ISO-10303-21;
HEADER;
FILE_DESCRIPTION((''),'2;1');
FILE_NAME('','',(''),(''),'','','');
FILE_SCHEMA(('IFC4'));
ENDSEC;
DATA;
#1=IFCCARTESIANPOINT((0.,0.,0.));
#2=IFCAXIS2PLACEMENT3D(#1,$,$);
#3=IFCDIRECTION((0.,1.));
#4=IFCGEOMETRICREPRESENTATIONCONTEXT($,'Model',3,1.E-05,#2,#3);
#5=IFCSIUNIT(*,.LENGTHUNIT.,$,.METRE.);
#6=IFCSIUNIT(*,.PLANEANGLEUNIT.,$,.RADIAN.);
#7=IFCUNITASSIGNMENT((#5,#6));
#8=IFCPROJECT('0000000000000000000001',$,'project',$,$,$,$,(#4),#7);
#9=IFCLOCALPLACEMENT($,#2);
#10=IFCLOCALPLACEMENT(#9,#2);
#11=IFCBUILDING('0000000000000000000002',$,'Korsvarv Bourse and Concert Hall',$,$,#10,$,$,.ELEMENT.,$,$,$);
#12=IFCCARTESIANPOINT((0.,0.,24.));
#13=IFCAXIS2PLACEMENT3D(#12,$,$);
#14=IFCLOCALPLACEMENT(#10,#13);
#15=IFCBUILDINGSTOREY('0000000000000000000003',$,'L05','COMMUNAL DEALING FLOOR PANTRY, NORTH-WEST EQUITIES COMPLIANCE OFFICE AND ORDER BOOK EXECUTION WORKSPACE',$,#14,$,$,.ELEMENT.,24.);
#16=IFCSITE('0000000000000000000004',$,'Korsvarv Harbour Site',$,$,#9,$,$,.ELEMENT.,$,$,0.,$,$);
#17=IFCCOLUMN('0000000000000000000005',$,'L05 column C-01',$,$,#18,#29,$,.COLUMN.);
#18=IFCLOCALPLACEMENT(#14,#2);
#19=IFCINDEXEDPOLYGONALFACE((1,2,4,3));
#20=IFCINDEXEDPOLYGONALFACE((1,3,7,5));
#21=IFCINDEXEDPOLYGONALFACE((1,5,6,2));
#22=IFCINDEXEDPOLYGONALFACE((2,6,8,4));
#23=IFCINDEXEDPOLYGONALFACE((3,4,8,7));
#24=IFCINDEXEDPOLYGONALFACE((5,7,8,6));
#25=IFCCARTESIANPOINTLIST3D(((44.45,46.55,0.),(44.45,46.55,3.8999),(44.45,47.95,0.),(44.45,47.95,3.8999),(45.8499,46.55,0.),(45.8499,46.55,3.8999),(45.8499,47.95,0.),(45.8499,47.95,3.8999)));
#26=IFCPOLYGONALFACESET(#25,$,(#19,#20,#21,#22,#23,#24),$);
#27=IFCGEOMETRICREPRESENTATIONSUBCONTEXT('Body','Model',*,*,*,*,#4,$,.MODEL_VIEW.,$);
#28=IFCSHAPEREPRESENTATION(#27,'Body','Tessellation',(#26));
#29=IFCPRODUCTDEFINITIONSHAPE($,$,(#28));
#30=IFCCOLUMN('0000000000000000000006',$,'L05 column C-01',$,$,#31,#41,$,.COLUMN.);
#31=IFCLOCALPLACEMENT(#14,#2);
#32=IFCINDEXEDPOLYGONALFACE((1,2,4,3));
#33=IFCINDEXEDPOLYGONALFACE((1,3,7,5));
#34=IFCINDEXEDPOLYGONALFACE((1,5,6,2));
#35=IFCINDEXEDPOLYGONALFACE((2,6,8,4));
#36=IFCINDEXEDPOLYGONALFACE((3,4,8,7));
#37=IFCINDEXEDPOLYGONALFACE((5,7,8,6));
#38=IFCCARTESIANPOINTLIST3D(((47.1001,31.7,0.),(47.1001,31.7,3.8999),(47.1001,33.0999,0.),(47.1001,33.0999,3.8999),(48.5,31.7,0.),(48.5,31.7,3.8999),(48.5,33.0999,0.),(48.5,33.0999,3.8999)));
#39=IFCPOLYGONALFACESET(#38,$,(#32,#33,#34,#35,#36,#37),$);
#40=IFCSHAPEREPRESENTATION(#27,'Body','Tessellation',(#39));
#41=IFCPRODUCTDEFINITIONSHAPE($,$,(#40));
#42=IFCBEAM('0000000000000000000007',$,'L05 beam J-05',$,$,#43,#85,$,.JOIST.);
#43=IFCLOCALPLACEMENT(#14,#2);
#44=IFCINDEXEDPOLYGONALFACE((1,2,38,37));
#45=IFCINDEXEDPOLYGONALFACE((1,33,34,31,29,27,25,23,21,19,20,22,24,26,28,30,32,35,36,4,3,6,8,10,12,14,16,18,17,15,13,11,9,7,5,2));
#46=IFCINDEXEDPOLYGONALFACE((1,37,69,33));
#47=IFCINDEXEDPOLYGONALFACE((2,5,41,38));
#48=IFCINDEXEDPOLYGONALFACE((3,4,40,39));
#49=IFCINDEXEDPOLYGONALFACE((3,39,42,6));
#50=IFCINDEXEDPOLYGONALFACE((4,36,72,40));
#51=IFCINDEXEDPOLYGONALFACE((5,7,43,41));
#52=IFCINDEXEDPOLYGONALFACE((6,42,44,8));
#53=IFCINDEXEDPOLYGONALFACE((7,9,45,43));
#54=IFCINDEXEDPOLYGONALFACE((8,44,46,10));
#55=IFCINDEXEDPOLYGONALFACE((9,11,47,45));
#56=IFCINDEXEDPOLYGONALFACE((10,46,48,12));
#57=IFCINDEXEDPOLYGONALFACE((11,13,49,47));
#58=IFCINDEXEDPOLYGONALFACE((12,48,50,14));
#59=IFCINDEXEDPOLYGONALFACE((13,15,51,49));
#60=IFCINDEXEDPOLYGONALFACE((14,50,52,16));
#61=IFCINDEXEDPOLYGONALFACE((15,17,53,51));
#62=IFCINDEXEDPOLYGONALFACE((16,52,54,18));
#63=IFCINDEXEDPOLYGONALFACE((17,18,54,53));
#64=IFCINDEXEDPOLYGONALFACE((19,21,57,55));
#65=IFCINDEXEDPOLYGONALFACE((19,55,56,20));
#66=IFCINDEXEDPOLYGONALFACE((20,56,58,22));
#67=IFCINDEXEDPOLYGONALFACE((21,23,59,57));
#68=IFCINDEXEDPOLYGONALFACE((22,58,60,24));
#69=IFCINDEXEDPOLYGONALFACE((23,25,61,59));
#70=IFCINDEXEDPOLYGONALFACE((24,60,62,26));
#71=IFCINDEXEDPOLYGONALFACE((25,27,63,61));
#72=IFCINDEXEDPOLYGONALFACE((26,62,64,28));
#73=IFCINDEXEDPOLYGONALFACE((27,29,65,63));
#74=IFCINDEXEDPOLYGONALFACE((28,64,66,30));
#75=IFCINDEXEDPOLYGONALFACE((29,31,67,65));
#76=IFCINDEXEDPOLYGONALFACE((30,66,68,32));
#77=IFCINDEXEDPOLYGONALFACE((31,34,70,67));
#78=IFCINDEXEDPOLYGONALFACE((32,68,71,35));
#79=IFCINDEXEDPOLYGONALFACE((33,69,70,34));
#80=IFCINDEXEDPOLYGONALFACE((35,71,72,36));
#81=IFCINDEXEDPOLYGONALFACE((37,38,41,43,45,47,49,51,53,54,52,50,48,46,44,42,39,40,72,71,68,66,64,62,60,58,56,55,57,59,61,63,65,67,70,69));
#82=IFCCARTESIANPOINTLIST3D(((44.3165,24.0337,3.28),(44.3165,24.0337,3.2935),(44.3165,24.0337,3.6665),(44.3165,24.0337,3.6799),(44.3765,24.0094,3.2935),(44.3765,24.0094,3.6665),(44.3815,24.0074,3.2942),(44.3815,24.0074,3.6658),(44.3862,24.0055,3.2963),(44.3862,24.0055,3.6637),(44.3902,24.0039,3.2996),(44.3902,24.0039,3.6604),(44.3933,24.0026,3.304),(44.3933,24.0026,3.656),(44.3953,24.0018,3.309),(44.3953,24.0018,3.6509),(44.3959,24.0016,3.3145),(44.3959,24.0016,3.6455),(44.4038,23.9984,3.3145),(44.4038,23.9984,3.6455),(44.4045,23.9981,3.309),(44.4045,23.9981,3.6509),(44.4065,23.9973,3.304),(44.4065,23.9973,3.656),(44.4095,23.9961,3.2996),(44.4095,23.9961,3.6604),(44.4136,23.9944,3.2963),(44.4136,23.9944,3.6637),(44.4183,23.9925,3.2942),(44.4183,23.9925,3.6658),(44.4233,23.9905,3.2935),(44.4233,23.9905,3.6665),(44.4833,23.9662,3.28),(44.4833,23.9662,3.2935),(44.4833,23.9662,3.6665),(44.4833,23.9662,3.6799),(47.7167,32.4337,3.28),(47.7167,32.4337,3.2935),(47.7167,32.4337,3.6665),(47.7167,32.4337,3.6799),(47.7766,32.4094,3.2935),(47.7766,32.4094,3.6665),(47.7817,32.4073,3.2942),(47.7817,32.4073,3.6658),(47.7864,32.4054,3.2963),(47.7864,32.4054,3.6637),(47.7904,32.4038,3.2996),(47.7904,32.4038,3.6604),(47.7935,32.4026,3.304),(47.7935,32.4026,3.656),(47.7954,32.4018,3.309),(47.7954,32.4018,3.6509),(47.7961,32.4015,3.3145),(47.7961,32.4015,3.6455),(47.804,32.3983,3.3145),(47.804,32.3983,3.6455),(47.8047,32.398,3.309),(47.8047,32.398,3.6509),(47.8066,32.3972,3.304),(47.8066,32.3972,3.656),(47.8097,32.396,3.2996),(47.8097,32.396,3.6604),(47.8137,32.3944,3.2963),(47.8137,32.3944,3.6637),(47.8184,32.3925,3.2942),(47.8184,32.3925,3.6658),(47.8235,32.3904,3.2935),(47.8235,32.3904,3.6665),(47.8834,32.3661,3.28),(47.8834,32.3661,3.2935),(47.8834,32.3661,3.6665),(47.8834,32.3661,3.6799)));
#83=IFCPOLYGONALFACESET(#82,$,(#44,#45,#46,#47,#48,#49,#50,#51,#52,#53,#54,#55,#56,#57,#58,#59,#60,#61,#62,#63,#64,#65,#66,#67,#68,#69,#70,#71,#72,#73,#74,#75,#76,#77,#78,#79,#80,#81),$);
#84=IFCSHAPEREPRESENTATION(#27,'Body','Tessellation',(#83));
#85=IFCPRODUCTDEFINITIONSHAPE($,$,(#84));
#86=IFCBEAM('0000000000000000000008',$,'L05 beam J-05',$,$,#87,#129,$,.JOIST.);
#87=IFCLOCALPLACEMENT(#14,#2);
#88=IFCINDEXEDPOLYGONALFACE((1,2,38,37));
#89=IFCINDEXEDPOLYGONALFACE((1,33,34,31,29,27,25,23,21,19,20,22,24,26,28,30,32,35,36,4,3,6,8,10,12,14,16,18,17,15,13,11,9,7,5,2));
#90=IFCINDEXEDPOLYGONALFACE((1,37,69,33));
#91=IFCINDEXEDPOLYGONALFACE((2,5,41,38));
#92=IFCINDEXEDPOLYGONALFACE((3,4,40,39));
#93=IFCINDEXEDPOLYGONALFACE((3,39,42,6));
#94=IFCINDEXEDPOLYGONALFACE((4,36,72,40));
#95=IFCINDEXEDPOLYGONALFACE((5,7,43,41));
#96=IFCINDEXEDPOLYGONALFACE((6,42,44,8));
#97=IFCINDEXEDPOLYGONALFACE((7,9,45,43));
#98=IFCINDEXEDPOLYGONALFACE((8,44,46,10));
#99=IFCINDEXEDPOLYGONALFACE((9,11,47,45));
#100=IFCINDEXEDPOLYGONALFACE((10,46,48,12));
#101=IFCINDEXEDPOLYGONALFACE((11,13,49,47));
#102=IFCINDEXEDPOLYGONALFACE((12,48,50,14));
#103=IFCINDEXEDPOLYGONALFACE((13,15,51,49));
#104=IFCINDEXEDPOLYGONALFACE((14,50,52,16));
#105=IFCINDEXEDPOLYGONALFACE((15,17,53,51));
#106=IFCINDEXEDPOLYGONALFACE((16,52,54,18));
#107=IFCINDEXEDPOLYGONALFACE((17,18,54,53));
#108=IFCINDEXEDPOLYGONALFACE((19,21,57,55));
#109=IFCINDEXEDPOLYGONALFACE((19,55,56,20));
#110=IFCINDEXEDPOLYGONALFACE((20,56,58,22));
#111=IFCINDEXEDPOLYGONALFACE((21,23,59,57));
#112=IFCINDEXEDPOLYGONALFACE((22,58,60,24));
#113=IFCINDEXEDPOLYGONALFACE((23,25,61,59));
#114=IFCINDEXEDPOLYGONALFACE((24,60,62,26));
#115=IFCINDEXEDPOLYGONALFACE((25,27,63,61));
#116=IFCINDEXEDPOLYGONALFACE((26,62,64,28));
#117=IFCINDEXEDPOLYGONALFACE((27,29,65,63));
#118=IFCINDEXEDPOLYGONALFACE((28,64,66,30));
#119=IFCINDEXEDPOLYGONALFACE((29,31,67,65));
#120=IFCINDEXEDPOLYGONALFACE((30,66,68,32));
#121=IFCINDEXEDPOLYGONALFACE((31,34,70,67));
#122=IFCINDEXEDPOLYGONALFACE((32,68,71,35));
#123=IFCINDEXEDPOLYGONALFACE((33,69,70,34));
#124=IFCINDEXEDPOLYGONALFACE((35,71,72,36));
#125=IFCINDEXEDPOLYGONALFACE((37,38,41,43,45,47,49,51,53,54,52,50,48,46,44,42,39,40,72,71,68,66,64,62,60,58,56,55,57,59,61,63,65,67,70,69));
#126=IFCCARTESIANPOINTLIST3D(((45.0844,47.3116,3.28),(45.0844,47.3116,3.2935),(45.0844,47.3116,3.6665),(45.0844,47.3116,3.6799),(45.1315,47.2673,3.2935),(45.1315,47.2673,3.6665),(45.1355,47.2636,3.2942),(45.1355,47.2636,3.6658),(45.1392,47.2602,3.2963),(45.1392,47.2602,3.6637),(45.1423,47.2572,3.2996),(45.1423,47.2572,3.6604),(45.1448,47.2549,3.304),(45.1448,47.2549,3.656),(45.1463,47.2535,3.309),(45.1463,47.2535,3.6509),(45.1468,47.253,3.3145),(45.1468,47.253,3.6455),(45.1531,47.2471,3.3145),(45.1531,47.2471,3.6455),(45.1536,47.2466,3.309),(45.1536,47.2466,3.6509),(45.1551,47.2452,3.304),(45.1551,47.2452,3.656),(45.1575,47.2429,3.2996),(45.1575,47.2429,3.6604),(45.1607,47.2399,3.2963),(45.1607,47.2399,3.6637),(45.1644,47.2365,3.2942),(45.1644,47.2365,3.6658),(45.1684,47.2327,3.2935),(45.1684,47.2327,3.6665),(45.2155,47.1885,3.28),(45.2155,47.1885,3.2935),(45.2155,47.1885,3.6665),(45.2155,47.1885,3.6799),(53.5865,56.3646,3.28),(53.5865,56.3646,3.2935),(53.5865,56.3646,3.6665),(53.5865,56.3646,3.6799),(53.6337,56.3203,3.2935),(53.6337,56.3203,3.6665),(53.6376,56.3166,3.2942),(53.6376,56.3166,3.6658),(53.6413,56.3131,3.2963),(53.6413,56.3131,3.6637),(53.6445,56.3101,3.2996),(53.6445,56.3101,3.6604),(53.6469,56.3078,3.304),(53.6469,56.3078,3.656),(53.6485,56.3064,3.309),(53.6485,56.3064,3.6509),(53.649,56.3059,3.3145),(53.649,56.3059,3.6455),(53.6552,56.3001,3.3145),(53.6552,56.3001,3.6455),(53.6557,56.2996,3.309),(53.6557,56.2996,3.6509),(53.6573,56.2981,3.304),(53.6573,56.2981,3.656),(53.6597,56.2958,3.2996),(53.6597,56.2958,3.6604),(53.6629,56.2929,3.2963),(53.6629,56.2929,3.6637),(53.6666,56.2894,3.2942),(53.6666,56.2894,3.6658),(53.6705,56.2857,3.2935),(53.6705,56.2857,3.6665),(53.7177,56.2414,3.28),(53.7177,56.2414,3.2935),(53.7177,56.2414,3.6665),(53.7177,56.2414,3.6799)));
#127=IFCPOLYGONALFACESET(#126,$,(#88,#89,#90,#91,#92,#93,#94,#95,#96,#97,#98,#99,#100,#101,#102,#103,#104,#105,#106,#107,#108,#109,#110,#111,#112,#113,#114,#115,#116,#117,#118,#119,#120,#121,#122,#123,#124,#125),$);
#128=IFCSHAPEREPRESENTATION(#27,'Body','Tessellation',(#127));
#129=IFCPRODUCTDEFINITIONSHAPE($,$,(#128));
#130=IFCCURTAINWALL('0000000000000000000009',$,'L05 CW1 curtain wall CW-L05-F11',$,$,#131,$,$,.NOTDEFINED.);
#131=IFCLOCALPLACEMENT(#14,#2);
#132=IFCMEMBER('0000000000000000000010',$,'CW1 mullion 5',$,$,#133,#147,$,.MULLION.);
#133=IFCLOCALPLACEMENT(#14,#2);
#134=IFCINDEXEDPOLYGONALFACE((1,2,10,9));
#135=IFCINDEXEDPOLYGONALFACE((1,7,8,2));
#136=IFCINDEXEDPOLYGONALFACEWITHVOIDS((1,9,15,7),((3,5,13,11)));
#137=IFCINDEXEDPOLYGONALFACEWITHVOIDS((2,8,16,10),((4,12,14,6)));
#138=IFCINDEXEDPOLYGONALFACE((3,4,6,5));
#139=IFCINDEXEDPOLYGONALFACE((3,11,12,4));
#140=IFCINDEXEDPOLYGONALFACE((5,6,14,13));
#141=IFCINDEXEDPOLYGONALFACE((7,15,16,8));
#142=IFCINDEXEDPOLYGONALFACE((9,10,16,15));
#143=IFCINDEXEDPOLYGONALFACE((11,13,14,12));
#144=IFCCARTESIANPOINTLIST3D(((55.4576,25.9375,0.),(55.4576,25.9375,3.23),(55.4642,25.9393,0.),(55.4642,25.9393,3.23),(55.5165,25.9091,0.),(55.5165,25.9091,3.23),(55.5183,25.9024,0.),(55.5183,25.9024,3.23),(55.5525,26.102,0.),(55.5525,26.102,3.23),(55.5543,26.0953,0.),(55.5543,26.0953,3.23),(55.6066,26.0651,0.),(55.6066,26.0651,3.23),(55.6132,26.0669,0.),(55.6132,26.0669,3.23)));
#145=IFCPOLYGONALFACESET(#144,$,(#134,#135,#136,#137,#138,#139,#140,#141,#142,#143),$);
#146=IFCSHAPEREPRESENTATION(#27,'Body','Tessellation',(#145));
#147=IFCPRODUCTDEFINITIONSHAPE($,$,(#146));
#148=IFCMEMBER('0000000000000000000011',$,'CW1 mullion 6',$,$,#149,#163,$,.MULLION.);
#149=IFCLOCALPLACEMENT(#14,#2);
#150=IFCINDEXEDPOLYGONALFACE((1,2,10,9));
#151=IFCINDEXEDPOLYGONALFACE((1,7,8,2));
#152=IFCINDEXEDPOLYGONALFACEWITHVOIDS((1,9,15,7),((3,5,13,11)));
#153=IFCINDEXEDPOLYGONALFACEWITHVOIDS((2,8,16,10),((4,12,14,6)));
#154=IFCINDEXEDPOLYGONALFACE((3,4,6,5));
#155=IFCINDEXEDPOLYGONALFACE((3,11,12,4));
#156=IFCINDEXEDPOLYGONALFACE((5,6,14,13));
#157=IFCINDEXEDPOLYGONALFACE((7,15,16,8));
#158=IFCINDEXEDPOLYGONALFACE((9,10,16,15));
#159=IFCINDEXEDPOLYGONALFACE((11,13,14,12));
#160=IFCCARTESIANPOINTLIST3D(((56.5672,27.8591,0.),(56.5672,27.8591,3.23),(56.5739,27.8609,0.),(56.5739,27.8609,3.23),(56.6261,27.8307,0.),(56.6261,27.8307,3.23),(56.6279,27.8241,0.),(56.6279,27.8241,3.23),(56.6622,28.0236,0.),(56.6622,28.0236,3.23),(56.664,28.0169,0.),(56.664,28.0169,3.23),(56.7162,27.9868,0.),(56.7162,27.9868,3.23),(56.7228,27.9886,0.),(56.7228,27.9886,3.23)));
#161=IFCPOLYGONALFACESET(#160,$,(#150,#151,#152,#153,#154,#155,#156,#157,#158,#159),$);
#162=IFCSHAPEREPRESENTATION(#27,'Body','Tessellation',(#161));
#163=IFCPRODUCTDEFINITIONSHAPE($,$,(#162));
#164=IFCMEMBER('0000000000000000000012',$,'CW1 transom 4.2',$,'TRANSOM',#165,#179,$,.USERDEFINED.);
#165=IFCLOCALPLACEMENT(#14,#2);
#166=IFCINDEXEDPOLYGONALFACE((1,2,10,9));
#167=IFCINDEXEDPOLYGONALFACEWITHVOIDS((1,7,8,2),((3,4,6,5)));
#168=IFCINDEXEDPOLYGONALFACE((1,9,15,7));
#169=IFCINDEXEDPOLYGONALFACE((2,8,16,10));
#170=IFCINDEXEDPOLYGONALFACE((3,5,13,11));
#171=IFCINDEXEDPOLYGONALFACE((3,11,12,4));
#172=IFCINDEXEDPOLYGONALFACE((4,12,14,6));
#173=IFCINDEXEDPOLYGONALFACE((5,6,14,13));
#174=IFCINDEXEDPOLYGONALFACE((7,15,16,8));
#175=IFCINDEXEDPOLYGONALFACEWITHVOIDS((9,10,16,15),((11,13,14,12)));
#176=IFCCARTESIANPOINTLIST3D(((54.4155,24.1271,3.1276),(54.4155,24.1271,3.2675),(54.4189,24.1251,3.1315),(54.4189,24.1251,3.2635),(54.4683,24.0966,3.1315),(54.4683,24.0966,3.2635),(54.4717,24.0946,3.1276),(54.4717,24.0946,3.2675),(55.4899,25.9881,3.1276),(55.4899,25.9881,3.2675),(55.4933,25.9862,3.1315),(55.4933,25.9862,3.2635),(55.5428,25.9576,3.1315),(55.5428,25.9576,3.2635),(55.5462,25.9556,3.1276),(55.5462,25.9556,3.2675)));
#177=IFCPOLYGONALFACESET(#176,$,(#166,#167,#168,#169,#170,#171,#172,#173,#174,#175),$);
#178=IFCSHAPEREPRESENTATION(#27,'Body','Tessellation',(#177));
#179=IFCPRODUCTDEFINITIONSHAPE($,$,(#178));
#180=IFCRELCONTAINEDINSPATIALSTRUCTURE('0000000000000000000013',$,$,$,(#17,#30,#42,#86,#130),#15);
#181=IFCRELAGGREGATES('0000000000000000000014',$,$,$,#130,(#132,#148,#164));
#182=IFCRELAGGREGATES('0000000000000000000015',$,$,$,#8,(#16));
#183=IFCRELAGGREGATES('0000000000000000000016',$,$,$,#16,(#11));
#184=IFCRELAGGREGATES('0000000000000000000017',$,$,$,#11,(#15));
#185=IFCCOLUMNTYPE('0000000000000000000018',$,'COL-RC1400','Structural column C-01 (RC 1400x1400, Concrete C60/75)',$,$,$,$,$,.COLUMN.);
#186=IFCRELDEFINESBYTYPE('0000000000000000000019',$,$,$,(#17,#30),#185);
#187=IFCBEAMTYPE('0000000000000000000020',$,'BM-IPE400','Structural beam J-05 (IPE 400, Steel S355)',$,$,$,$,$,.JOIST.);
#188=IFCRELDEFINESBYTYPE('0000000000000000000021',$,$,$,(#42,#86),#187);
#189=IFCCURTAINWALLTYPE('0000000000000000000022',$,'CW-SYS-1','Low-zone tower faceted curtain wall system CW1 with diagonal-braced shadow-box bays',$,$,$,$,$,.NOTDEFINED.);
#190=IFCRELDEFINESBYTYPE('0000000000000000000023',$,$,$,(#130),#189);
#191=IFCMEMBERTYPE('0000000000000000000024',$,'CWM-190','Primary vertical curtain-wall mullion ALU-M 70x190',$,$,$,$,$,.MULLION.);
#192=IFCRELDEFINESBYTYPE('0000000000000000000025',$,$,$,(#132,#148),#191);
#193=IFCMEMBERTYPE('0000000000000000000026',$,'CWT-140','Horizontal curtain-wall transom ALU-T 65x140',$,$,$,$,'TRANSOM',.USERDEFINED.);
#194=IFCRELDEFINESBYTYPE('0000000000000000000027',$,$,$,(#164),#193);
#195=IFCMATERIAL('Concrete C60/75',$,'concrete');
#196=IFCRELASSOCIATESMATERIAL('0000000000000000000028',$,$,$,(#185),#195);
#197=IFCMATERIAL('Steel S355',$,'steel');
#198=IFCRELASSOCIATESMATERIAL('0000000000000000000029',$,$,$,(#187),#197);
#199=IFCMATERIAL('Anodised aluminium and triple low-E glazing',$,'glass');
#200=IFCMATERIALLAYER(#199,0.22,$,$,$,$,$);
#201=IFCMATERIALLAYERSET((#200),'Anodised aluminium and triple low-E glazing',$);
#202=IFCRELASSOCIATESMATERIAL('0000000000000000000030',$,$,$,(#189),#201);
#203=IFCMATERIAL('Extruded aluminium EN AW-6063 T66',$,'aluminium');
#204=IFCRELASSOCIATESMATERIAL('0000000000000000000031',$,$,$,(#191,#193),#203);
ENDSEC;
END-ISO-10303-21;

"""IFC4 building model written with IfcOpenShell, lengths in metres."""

from ifc_helpers import new_model, si_unit, direction, frame, origin, origin_2d, place, context, subcontext, project, spatial, rectangle, hollow_rectangle, i_section, extrude, source, transform, mapped, material, layer, layer_set, material_profile, profile_set, type_object, element, aggregate, save


model = new_model("IFC4")

# Units and contexts
model_context = context("Model", 3, precision=1e-05, world=origin(), true_north=direction((0.0, 1.0)))
body_context = subcontext(model_context, "Body", "Model", "MODEL_VIEW")
ifc_project = project(units=[si_unit("LENGTHUNIT", "METRE"), si_unit("PLANEANGLEUNIT", "RADIAN")], contexts=[model_context])

# Site, building, storey
site_placement = place(None, origin())
site = spatial("IfcSite", under=ifc_project, at=site_placement, Name="Korsvarv Harbour Site", CompositionType="ELEMENT", RefElevation=0.0)
building_placement = place(site_placement, origin())
building = spatial("IfcBuilding", under=site, at=building_placement, Name="Korsvarv Bourse and Concert Hall", CompositionType="ELEMENT")
storey_placement = place(building_placement, frame((0.0, 0.0, 24.0)))
storey = spatial("IfcBuildingStorey", under=building, at=storey_placement, Name="L05", Description="COMMUNAL DEALING FLOOR PANTRY, NORTH-WEST EQUITIES COMPLIANCE OFFICE AND ORDER BOOK EXECUTION WORKSPACE", CompositionType="ELEMENT", Elevation=24.0)

# Columns
ifc_material_1 = material(Name="Concrete C60/75", Category="concrete")
ifc_material_profile_1 = material_profile(ifc_material_1, rectangle(XDim=1.3999, YDim=1.3999, at=origin_2d()), Name="RC 1400x1400")
ifc_profile_set_1 = profile_set([ifc_material_profile_1], Name="Concrete C60/75")
column_type = type_object("IfcColumnType", Name="COL-RC1400", Description="Structural column C-01 (RC 1400x1400, Concrete C60/75)", PredefinedType="COLUMN", material=ifc_profile_set_1)
shared_shape_1 = source(origin(), body_context, "Body", "SweptSolid", [
    extrude(rectangle(XDim=1.3999, YDim=1.3999, at=origin_2d()), origin(), (0.0, 0.0, 1.0), 3.8999),
])
for number, where, z_axis, x_axis, name in (
    (1, (45.1499, 47.25, 0.0), (0.0, 0.0, 1.0), (1.0, 0.0, 0.0), "L05 column C-01"),
    (2, (47.8, 32.3999, 0.0), (0.0, 0.0, 1.0), (1.0, 0.0, 0.0), "L05 column C-01"),
):
    element("IfcColumn", number, at=place(storey_placement, frame(where, z_axis=z_axis, x_axis=x_axis)), inside=storey, type_object=column_type, Name=name, PredefinedType="COLUMN", context=body_context, shape_type="MappedRepresentation", body=[
        mapped(shared_shape_1, transform((0.0, 0.0, 0.0), scale=1.0)),
    ])

# Beams
ifc_material_2 = material(Name="Steel S355", Category="steel")
ifc_material_profile_2 = material_profile(ifc_material_2, i_section(OverallWidth=0.1799, OverallDepth=0.3999, WebThickness=0.0085, FlangeThickness=0.0134, FilletRadius=0.021, at=origin_2d()), Name="IPE 400")
ifc_profile_set_2 = profile_set([ifc_material_profile_2], Name="Steel S355")
beam_type = type_object("IfcBeamType", Name="BM-IPE400", Description="Structural beam J-05 (IPE 400, Steel S355)", PredefinedType="JOIST", material=ifc_profile_set_2)
shared_shape_2 = source(origin(), body_context, "Body", "SweptSolid", [
    extrude(i_section(OverallWidth=0.1799, OverallDepth=0.3999, WebThickness=0.0085, FlangeThickness=0.0134, FilletRadius=0.021, at=origin_2d()), origin(), (0.0, 0.0, 1.0), 9.062),
])
beam_1_placement = place(storey_placement, frame((47.8, 32.3999, 3.48), z_axis=(-0.37521, -0.92694, 0.0), x_axis=(0.92694, -0.37521, 0.0)))
element("IfcBeam", 3, at=beam_1_placement, inside=storey, type_object=beam_type, Name="L05 beam J-05", PredefinedType="JOIST", context=body_context, shape_type="MappedRepresentation", body=[
    mapped(shared_shape_2, transform((0.0, 0.0, 0.0), scale=1.0)),
])
shared_shape_3 = source(origin(), body_context, "Body", "SweptSolid", [
    extrude(i_section(OverallWidth=0.1799, OverallDepth=0.3999, WebThickness=0.0085, FlangeThickness=0.0134, FilletRadius=0.021, at=origin_2d()), origin(), (0.0, 0.0, 1.0), 12.4194),
])
beam_2_placement = place(storey_placement, frame((53.6521, 56.303, 3.48), z_axis=(-0.684585, -0.728933, 0.0), x_axis=(0.728933, -0.684585, 0.0)))
element("IfcBeam", 4, at=beam_2_placement, inside=storey, type_object=beam_type, Name="L05 beam J-05", PredefinedType="JOIST", context=body_context, shape_type="MappedRepresentation", body=[
    mapped(shared_shape_3, transform((0.0, 0.0, 0.0), scale=1.0)),
])

# Curtain wall, members
ifc_material_3 = material(Name="Anodised aluminium and triple low-E glazing", Category="glass")
ifc_layer_1 = layer(ifc_material_3, 0.22)
ifc_layer_set_1 = layer_set([ifc_layer_1], Name="Anodised aluminium and triple low-E glazing")
curtain_wall_type = type_object("IfcCurtainWallType", Name="CW-SYS-1", Description="Low-zone tower faceted curtain wall system CW1 with diagonal-braced shadow-box bays", PredefinedType="NOTDEFINED", material=ifc_layer_set_1)
curtain_wall_placement = place(storey_placement, origin())
curtain_wall = element("IfcCurtainWall", 5, at=curtain_wall_placement, inside=storey, type_object=curtain_wall_type, Name="L05 CW1 curtain wall CW-L05-F11", PredefinedType="NOTDEFINED")
ifc_material_4 = material(Name="Extruded aluminium EN AW-6063 T66", Category="aluminium")
ifc_material_profile_3 = material_profile(ifc_material_4, hollow_rectangle(XDim=0.0701, YDim=0.1899, WallThickness=0.0049, at=origin_2d()), Name="ALU-M 70x190")
ifc_profile_set_3 = profile_set([ifc_material_profile_3], Name="Extruded aluminium EN AW-6063 T66")
member_type_1 = type_object("IfcMemberType", Name="CWM-190", Description="Primary vertical curtain-wall mullion ALU-M 70x190", PredefinedType="MULLION", material=ifc_profile_set_3)
shared_shape_4 = source(origin(), body_context, "Body", "SweptSolid", [
    extrude(hollow_rectangle(XDim=0.0701, YDim=0.1899, WallThickness=0.0049, at=origin_2d()), origin(), (0.0, 0.0, 1.0), 3.23),
])
member_1_placement = place(storey_placement, frame((55.5354, 26.0022, 0.0), z_axis=(0.0, 0.0, 1.0), x_axis=(-0.866029, 0.499995, 0.0)))
member_1 = element("IfcMember", 6, at=member_1_placement, type_object=member_type_1, Name="CW1 mullion 5", PredefinedType="MULLION", context=body_context, shape_type="MappedRepresentation", body=[
    mapped(shared_shape_4, transform((0.0, 0.0, 0.0), scale=1.0)),
])
member_2_placement = place(storey_placement, frame((56.645, 27.9238, 0.0), z_axis=(0.0, 0.0, 1.0), x_axis=(-0.866029, 0.499995, 0.0)))
member_2 = element("IfcMember", 7, at=member_2_placement, type_object=member_type_1, Name="CW1 mullion 6", PredefinedType="MULLION", context=body_context, shape_type="MappedRepresentation", body=[
    mapped(shared_shape_4, transform((0.0, 0.0, 0.0), scale=1.0)),
])
ifc_material_profile_4 = material_profile(ifc_material_4, hollow_rectangle(XDim=0.0649, YDim=0.1399, WallThickness=0.0039, at=origin_2d()), Name="ALU-T 65x140")
ifc_profile_set_4 = profile_set([ifc_material_profile_4], Name="Extruded aluminium EN AW-6063 T66")
member_type_2 = type_object("IfcMemberType", Name="CWT-140", Description="Horizontal curtain-wall transom ALU-T 65x140", ElementType="TRANSOM", PredefinedType="USERDEFINED", material=ifc_profile_set_4)
shared_shape_5 = source(origin(), body_context, "Body", "SweptSolid", [
    extrude(hollow_rectangle(XDim=0.0649, YDim=0.1399, WallThickness=0.0039, at=origin_2d()), origin(), (0.0, 0.0, 1.0), 2.1489),
])
member_3_placement = place(storey_placement, frame((54.4436, 24.1108, 3.1975), z_axis=(0.499988, 0.866032, 0.0), x_axis=(-0.866032, 0.499988, 0.0)))
member_3 = element("IfcMember", 8, at=member_3_placement, type_object=member_type_2, Name="CW1 transom 4.2", ObjectType="TRANSOM", PredefinedType="USERDEFINED", context=body_context, shape_type="MappedRepresentation", body=[
    mapped(shared_shape_5, transform((0.0, 0.0, 0.0), scale=1.0)),
])
aggregate(curtain_wall, [member_1, member_2, member_3])

save(model, "model.ifc")
